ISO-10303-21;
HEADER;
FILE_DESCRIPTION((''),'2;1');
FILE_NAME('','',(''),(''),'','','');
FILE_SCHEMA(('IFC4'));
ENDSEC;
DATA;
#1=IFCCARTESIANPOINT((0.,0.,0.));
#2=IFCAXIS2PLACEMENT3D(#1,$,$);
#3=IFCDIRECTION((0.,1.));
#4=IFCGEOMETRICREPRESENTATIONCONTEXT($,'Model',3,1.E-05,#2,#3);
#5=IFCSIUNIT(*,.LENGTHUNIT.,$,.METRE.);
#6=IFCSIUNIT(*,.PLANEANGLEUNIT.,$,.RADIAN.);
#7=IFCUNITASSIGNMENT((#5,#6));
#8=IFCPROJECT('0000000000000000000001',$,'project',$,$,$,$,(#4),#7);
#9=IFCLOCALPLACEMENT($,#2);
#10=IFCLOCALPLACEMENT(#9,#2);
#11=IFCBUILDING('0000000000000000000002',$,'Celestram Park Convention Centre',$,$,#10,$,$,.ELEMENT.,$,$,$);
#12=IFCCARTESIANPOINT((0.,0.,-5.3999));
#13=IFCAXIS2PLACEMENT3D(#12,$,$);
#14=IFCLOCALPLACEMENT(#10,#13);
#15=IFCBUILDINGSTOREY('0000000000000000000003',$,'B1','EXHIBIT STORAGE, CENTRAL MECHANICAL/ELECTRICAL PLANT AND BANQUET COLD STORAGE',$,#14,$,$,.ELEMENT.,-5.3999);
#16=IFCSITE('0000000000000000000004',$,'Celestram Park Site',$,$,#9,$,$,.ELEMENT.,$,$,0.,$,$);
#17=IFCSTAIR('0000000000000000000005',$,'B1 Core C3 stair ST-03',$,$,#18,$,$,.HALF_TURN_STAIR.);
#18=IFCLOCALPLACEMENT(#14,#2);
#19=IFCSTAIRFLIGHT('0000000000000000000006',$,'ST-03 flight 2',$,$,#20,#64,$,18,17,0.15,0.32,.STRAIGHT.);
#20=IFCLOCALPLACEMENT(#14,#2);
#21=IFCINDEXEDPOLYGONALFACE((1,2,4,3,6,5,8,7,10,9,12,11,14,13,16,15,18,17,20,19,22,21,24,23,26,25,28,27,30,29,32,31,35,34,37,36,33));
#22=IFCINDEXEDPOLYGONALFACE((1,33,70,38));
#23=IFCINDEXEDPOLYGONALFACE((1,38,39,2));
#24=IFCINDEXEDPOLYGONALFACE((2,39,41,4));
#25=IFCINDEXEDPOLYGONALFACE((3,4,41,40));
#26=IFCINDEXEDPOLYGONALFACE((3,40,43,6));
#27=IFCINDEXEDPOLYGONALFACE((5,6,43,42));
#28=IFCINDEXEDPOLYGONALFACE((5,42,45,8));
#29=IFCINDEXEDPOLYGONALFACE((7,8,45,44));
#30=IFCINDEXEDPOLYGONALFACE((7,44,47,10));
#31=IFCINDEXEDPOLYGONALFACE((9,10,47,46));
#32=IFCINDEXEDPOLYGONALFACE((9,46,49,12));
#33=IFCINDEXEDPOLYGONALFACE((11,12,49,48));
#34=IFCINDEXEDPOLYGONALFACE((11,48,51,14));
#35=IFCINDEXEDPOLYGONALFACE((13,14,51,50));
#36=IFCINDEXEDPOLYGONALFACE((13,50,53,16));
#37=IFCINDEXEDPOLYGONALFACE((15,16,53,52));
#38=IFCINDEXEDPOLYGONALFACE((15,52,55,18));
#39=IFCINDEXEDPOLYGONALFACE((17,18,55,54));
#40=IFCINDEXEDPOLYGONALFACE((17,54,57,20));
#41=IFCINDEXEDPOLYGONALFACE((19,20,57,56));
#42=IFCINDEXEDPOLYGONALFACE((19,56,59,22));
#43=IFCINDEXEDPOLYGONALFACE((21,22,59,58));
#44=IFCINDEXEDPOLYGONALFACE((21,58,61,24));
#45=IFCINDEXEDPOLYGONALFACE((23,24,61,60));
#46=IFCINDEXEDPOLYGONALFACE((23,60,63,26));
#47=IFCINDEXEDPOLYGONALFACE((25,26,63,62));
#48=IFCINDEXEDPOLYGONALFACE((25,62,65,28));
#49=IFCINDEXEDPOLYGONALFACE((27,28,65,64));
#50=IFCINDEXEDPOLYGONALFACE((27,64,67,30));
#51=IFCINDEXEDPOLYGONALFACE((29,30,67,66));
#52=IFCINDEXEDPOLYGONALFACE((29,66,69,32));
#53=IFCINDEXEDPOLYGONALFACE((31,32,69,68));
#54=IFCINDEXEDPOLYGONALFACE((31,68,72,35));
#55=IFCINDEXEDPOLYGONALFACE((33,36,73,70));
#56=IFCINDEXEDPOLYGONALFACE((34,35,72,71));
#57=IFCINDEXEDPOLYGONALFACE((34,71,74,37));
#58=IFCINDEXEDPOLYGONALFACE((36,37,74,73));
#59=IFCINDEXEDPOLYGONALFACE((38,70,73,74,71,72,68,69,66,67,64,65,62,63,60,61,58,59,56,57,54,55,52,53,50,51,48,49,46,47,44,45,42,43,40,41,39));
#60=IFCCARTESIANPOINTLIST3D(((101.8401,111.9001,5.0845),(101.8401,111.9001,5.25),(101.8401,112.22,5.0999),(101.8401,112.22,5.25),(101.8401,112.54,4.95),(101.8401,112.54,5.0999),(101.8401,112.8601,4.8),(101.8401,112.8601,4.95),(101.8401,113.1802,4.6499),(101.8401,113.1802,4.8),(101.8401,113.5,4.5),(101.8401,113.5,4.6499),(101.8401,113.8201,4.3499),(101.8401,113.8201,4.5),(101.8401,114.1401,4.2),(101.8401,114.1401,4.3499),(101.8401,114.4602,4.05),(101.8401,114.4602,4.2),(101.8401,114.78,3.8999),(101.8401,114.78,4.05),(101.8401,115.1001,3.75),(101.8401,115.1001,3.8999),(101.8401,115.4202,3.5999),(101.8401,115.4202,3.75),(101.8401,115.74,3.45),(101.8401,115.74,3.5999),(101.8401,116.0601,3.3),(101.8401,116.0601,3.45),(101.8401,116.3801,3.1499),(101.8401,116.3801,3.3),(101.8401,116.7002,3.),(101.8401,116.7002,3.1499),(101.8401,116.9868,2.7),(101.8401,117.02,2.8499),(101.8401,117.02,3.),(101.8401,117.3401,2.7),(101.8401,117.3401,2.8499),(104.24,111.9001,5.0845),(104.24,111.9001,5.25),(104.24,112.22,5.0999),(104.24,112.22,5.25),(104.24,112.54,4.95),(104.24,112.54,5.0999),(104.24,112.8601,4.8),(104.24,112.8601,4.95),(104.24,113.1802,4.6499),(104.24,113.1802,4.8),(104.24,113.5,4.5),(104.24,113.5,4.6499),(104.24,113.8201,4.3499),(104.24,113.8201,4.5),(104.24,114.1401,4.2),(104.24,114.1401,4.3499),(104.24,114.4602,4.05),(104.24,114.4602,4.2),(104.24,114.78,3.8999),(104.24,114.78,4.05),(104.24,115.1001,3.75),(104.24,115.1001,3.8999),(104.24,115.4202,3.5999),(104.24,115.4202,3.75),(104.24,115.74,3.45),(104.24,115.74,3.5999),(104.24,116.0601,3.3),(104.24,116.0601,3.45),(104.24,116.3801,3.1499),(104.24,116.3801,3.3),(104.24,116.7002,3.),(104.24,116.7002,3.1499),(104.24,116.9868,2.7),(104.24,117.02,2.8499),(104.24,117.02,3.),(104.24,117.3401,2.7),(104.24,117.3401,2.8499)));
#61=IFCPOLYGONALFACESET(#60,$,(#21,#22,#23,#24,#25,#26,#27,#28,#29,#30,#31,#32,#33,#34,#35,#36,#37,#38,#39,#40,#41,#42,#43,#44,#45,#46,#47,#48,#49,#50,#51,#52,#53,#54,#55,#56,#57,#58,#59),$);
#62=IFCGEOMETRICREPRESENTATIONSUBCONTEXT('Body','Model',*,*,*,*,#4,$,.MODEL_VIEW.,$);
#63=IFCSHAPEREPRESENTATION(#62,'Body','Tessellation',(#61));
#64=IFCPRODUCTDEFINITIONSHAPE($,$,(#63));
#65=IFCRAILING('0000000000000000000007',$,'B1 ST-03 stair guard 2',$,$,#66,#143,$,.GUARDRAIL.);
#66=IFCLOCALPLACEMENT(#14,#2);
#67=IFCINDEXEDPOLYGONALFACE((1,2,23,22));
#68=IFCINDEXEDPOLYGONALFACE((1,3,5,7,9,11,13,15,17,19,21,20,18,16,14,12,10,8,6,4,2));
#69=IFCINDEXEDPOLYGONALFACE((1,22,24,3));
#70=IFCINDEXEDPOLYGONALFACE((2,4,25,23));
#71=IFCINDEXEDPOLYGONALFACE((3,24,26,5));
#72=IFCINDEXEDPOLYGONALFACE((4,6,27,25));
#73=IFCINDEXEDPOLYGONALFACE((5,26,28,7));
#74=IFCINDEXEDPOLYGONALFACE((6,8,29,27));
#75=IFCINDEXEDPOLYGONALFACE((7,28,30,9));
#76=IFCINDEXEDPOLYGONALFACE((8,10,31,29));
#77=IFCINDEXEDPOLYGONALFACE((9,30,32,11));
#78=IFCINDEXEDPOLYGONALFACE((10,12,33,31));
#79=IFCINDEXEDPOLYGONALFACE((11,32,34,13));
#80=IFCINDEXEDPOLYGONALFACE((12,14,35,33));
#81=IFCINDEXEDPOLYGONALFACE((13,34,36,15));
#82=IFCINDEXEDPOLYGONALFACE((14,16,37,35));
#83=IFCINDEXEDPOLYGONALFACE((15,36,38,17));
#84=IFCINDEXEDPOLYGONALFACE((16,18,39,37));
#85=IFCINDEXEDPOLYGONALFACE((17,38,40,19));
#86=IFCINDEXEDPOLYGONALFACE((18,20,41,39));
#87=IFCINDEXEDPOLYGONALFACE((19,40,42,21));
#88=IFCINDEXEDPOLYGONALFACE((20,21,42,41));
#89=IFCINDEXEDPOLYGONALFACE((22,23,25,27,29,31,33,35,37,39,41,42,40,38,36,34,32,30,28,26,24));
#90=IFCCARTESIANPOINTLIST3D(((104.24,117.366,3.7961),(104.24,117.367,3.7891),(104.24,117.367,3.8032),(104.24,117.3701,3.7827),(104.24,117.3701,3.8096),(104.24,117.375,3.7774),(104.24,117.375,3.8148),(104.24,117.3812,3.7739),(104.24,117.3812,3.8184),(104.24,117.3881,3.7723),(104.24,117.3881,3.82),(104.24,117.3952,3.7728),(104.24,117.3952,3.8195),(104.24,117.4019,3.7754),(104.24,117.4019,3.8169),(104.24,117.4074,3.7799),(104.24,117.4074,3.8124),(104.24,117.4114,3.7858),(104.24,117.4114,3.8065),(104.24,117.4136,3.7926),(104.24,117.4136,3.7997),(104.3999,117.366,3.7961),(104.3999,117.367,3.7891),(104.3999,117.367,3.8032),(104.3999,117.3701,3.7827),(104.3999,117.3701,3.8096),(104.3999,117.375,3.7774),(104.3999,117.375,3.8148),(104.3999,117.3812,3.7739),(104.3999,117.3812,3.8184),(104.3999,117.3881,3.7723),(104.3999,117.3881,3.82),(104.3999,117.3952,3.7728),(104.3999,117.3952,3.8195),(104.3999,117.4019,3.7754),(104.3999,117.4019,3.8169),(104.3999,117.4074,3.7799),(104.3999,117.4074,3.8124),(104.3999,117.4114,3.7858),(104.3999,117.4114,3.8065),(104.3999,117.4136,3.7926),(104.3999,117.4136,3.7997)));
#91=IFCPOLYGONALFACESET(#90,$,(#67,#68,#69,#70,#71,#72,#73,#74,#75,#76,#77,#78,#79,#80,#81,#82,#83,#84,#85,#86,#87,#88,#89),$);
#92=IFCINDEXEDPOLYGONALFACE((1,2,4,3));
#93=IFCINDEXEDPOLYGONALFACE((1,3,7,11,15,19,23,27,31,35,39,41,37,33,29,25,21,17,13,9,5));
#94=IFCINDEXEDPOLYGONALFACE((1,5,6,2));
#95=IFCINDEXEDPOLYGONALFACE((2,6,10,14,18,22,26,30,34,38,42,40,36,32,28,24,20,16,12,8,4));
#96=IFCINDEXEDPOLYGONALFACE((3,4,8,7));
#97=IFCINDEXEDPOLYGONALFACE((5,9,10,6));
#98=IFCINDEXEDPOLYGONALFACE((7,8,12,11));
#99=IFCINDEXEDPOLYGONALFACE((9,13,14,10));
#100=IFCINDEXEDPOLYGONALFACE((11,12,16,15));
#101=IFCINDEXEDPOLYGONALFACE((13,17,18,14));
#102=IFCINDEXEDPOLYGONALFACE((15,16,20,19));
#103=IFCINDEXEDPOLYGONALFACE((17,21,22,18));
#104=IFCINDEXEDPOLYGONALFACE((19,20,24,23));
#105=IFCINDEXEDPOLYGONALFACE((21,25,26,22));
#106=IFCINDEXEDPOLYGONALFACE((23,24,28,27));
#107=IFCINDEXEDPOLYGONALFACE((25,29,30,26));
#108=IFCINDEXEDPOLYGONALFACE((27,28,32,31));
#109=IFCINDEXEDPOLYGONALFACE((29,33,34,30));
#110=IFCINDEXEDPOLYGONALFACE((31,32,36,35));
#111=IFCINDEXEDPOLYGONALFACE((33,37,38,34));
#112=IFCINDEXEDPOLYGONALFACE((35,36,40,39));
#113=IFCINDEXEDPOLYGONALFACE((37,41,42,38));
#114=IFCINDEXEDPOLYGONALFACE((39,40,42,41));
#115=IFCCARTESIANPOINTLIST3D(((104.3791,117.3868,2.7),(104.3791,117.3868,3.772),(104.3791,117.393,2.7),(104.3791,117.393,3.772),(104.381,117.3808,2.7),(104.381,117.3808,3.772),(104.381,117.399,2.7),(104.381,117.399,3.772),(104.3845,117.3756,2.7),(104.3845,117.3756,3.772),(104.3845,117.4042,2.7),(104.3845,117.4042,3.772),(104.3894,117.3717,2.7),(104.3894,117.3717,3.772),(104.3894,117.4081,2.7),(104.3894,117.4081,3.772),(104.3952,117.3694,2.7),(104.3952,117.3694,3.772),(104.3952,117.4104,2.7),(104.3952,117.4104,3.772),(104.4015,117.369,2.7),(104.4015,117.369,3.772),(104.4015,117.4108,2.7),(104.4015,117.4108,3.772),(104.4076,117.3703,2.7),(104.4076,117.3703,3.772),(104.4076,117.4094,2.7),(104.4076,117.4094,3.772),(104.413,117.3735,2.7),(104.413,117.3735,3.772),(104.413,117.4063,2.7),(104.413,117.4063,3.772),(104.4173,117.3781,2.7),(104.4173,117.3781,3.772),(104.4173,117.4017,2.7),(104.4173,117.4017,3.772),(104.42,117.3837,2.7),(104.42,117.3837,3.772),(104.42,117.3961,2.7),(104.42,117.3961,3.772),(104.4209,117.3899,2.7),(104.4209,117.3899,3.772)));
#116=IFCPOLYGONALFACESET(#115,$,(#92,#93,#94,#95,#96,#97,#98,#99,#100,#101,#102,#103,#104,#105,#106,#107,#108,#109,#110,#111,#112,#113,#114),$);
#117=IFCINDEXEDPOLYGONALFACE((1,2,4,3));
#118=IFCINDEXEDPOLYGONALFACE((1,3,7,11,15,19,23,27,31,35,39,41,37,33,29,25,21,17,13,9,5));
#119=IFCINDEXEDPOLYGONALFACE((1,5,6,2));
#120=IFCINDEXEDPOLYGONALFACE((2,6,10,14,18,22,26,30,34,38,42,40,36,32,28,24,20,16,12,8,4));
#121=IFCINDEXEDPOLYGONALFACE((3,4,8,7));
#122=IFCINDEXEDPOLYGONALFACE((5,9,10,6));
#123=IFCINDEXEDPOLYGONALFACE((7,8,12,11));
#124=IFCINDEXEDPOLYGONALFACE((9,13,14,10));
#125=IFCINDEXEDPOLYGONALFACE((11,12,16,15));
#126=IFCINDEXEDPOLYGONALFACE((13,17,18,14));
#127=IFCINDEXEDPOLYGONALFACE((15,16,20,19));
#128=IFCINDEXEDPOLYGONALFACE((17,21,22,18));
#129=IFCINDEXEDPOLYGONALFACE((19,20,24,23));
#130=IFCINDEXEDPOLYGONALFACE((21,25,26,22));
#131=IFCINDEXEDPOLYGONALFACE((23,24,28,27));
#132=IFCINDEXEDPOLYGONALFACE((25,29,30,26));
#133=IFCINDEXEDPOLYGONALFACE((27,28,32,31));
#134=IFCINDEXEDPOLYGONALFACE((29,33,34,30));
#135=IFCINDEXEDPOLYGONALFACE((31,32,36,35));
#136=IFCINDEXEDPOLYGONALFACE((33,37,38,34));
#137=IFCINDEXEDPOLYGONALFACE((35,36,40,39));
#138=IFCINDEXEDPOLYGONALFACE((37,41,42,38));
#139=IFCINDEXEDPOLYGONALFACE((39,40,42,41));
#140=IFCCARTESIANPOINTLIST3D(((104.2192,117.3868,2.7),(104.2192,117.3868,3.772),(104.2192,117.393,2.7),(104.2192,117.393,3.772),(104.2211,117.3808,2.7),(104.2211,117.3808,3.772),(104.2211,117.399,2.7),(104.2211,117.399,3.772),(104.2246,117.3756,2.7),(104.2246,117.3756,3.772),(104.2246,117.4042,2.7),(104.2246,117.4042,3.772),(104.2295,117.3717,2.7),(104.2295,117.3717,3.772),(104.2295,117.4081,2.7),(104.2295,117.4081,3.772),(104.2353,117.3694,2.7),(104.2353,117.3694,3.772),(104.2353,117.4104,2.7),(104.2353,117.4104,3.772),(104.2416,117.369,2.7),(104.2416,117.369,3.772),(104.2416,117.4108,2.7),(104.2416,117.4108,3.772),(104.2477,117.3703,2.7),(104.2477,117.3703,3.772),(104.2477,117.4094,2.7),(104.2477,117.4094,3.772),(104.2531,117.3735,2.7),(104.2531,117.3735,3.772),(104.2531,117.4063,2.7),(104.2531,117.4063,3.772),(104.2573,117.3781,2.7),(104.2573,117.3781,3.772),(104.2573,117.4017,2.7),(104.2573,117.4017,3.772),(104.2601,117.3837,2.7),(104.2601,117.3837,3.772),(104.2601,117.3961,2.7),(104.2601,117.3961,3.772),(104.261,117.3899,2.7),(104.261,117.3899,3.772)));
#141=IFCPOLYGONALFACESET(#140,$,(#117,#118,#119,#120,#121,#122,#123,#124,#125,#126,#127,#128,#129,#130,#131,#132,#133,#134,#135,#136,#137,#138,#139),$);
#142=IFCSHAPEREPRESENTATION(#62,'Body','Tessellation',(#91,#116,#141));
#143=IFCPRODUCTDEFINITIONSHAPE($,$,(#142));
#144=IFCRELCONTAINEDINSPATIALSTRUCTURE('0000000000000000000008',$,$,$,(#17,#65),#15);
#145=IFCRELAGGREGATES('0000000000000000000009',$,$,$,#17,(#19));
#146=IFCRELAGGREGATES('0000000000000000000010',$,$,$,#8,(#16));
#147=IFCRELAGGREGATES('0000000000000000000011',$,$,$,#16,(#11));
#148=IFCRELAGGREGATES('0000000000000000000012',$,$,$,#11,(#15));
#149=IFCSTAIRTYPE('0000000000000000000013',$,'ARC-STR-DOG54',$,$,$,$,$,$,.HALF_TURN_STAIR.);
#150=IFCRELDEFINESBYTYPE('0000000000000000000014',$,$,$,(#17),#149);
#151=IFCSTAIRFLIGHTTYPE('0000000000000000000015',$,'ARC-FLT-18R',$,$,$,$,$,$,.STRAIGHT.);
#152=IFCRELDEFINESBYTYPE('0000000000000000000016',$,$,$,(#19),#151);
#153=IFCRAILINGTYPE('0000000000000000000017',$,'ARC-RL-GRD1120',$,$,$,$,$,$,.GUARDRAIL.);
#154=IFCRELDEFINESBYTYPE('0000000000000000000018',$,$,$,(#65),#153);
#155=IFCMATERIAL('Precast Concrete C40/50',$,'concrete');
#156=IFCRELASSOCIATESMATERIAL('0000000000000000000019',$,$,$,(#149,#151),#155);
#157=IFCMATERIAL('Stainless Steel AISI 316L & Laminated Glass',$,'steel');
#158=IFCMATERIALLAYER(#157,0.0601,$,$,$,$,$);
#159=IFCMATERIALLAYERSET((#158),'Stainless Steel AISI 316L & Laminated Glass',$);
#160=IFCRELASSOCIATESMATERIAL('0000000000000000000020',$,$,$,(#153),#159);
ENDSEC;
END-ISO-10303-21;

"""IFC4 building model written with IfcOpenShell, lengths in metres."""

from ifc_helpers import new_model, si_unit, direction, frame, origin, origin_2d, place, context, subcontext, project, spatial, polyline, circle, outline, extrude, material, layer, layer_set, type_object, element, aggregate, save


model = new_model("IFC4")

# Units and contexts
model_context = context("Model", 3, precision=1e-05, world=origin(), true_north=direction((0.0, 1.0)))
body_context = subcontext(model_context, "Body", "Model", "MODEL_VIEW")
ifc_project = project(units=[si_unit("LENGTHUNIT", "METRE"), si_unit("PLANEANGLEUNIT", "RADIAN")], contexts=[model_context])

# Site, building, storey
site_placement = place(None, origin())
site = spatial("IfcSite", under=ifc_project, at=site_placement, Name="Celestram Park Site", CompositionType="ELEMENT", RefElevation=0.0)
building_placement = place(site_placement, origin())
building = spatial("IfcBuilding", under=site, at=building_placement, Name="Celestram Park Convention Centre", CompositionType="ELEMENT")
storey_placement = place(building_placement, frame((0.0, 0.0, -5.3999)))
storey = spatial("IfcBuildingStorey", under=building, at=storey_placement, Name="B1", Description="EXHIBIT STORAGE, CENTRAL MECHANICAL/ELECTRICAL PLANT AND BANQUET COLD STORAGE", CompositionType="ELEMENT", Elevation=-5.3999)

# Stair, stair flight
ifc_material_1 = material(Name="Precast Concrete C40/50", Category="concrete")
stair_type = type_object("IfcStairType", Name="ARC-STR-DOG54", PredefinedType="HALF_TURN_STAIR", material=ifc_material_1)
stair_placement = place(storey_placement, origin())
stair = element("IfcStair", 1, at=stair_placement, inside=storey, type_object=stair_type, Name="B1 Core C3 stair ST-03", PredefinedType="HALF_TURN_STAIR")
stair_flight_type = type_object("IfcStairFlightType", Name="ARC-FLT-18R", PredefinedType="STRAIGHT", material=ifc_material_1)
stair_flight_1_placement = place(storey_placement, frame((103.04, 117.3401, 2.7), z_axis=(0.0, 0.0, 1.0), x_axis=(0.0, -1.0, 0.0)))
stair_flight_1 = element("IfcStairFlight", 2, at=stair_flight_1_placement, type_object=stair_flight_type, Name="ST-03 flight 2", NumberOfRisers=18, NumberOfTreads=17, PredefinedType="STRAIGHT", RiserHeight=0.15, TreadLength=0.32, context=body_context, shape_type="SweptSolid", body=[
    extrude(outline(polyline([(0.0, 0.0), (0.0, 0.1499), (0.3201, 0.1499), (0.3201, 0.3), (0.6399, 0.3), (0.6399, 0.45), (0.96, 0.45), (0.96, 0.6001), (1.28, 0.6001), (1.28, 0.75), (1.6001, 0.75), (1.6001, 0.8999), (1.9199, 0.8999), (1.9199, 1.05), (2.24, 1.05), (2.24, 1.2), (2.5601, 1.2), (2.5601, 1.3501), (2.8799, 1.3501), (2.8799, 1.5), (3.2, 1.5), (3.2, 1.6499), (3.52, 1.6499), (3.52, 1.8), (3.8401, 1.8), (3.8401, 1.95), (4.1599, 1.95), (4.1599, 2.1001), (4.48, 2.1001), (4.48, 2.25), (4.8, 2.25), (4.8, 2.3999), (5.1201, 2.3999), (5.1201, 2.55), (5.4399, 2.55), (5.4399, 2.7), (5.4399, 2.3845), (0.3533, 0.0), (0.0, 0.0)])), frame((0.0, 1.2, 0.0), z_axis=(0.0, -1.0, 0.0), x_axis=(1.0, 0.0, 0.0)), (0.0, 0.0, 1.0), 2.3999),
])
aggregate(stair, [stair_flight_1])

# Railing
ifc_material_2 = material(Name="Stainless Steel AISI 316L & Laminated Glass", Category="steel")
ifc_layer_1 = layer(ifc_material_2, 0.0601)
ifc_layer_set_1 = layer_set([ifc_layer_1], Name="Stainless Steel AISI 316L & Laminated Glass")
railing_type_1 = type_object("IfcRailingType", Name="ARC-RL-GRD1120", PredefinedType="GUARDRAIL", material=ifc_layer_set_1)
railing_1_placement = place(storey_placement, frame((104.3999, 117.3899, 2.7)))
element("IfcRailing", 3, at=railing_1_placement, inside=storey, type_object=railing_type_1, Name="B1 ST-03 stair guard 2", PredefinedType="GUARDRAIL", context=body_context, shape_type="SweptSolid", body=[
    extrude(circle(Radius=0.0239, at=origin_2d()), frame((0.0, 0.0, 1.0962), z_axis=(-1.0, 0.0, 0.0), x_axis=(0.0, -1.0, 0.0)), (0.0, 0.0, 1.0), 0.1599),
    extrude(circle(Radius=0.021, at=origin_2d()), origin(), (0.0, 0.0, 1.0), 1.072),
    extrude(circle(Radius=0.021, at=origin_2d()), frame((-0.1599, 0.0, 0.0)), (0.0, 0.0, 1.0), 1.072),
])

save(model, "model.ifc")
